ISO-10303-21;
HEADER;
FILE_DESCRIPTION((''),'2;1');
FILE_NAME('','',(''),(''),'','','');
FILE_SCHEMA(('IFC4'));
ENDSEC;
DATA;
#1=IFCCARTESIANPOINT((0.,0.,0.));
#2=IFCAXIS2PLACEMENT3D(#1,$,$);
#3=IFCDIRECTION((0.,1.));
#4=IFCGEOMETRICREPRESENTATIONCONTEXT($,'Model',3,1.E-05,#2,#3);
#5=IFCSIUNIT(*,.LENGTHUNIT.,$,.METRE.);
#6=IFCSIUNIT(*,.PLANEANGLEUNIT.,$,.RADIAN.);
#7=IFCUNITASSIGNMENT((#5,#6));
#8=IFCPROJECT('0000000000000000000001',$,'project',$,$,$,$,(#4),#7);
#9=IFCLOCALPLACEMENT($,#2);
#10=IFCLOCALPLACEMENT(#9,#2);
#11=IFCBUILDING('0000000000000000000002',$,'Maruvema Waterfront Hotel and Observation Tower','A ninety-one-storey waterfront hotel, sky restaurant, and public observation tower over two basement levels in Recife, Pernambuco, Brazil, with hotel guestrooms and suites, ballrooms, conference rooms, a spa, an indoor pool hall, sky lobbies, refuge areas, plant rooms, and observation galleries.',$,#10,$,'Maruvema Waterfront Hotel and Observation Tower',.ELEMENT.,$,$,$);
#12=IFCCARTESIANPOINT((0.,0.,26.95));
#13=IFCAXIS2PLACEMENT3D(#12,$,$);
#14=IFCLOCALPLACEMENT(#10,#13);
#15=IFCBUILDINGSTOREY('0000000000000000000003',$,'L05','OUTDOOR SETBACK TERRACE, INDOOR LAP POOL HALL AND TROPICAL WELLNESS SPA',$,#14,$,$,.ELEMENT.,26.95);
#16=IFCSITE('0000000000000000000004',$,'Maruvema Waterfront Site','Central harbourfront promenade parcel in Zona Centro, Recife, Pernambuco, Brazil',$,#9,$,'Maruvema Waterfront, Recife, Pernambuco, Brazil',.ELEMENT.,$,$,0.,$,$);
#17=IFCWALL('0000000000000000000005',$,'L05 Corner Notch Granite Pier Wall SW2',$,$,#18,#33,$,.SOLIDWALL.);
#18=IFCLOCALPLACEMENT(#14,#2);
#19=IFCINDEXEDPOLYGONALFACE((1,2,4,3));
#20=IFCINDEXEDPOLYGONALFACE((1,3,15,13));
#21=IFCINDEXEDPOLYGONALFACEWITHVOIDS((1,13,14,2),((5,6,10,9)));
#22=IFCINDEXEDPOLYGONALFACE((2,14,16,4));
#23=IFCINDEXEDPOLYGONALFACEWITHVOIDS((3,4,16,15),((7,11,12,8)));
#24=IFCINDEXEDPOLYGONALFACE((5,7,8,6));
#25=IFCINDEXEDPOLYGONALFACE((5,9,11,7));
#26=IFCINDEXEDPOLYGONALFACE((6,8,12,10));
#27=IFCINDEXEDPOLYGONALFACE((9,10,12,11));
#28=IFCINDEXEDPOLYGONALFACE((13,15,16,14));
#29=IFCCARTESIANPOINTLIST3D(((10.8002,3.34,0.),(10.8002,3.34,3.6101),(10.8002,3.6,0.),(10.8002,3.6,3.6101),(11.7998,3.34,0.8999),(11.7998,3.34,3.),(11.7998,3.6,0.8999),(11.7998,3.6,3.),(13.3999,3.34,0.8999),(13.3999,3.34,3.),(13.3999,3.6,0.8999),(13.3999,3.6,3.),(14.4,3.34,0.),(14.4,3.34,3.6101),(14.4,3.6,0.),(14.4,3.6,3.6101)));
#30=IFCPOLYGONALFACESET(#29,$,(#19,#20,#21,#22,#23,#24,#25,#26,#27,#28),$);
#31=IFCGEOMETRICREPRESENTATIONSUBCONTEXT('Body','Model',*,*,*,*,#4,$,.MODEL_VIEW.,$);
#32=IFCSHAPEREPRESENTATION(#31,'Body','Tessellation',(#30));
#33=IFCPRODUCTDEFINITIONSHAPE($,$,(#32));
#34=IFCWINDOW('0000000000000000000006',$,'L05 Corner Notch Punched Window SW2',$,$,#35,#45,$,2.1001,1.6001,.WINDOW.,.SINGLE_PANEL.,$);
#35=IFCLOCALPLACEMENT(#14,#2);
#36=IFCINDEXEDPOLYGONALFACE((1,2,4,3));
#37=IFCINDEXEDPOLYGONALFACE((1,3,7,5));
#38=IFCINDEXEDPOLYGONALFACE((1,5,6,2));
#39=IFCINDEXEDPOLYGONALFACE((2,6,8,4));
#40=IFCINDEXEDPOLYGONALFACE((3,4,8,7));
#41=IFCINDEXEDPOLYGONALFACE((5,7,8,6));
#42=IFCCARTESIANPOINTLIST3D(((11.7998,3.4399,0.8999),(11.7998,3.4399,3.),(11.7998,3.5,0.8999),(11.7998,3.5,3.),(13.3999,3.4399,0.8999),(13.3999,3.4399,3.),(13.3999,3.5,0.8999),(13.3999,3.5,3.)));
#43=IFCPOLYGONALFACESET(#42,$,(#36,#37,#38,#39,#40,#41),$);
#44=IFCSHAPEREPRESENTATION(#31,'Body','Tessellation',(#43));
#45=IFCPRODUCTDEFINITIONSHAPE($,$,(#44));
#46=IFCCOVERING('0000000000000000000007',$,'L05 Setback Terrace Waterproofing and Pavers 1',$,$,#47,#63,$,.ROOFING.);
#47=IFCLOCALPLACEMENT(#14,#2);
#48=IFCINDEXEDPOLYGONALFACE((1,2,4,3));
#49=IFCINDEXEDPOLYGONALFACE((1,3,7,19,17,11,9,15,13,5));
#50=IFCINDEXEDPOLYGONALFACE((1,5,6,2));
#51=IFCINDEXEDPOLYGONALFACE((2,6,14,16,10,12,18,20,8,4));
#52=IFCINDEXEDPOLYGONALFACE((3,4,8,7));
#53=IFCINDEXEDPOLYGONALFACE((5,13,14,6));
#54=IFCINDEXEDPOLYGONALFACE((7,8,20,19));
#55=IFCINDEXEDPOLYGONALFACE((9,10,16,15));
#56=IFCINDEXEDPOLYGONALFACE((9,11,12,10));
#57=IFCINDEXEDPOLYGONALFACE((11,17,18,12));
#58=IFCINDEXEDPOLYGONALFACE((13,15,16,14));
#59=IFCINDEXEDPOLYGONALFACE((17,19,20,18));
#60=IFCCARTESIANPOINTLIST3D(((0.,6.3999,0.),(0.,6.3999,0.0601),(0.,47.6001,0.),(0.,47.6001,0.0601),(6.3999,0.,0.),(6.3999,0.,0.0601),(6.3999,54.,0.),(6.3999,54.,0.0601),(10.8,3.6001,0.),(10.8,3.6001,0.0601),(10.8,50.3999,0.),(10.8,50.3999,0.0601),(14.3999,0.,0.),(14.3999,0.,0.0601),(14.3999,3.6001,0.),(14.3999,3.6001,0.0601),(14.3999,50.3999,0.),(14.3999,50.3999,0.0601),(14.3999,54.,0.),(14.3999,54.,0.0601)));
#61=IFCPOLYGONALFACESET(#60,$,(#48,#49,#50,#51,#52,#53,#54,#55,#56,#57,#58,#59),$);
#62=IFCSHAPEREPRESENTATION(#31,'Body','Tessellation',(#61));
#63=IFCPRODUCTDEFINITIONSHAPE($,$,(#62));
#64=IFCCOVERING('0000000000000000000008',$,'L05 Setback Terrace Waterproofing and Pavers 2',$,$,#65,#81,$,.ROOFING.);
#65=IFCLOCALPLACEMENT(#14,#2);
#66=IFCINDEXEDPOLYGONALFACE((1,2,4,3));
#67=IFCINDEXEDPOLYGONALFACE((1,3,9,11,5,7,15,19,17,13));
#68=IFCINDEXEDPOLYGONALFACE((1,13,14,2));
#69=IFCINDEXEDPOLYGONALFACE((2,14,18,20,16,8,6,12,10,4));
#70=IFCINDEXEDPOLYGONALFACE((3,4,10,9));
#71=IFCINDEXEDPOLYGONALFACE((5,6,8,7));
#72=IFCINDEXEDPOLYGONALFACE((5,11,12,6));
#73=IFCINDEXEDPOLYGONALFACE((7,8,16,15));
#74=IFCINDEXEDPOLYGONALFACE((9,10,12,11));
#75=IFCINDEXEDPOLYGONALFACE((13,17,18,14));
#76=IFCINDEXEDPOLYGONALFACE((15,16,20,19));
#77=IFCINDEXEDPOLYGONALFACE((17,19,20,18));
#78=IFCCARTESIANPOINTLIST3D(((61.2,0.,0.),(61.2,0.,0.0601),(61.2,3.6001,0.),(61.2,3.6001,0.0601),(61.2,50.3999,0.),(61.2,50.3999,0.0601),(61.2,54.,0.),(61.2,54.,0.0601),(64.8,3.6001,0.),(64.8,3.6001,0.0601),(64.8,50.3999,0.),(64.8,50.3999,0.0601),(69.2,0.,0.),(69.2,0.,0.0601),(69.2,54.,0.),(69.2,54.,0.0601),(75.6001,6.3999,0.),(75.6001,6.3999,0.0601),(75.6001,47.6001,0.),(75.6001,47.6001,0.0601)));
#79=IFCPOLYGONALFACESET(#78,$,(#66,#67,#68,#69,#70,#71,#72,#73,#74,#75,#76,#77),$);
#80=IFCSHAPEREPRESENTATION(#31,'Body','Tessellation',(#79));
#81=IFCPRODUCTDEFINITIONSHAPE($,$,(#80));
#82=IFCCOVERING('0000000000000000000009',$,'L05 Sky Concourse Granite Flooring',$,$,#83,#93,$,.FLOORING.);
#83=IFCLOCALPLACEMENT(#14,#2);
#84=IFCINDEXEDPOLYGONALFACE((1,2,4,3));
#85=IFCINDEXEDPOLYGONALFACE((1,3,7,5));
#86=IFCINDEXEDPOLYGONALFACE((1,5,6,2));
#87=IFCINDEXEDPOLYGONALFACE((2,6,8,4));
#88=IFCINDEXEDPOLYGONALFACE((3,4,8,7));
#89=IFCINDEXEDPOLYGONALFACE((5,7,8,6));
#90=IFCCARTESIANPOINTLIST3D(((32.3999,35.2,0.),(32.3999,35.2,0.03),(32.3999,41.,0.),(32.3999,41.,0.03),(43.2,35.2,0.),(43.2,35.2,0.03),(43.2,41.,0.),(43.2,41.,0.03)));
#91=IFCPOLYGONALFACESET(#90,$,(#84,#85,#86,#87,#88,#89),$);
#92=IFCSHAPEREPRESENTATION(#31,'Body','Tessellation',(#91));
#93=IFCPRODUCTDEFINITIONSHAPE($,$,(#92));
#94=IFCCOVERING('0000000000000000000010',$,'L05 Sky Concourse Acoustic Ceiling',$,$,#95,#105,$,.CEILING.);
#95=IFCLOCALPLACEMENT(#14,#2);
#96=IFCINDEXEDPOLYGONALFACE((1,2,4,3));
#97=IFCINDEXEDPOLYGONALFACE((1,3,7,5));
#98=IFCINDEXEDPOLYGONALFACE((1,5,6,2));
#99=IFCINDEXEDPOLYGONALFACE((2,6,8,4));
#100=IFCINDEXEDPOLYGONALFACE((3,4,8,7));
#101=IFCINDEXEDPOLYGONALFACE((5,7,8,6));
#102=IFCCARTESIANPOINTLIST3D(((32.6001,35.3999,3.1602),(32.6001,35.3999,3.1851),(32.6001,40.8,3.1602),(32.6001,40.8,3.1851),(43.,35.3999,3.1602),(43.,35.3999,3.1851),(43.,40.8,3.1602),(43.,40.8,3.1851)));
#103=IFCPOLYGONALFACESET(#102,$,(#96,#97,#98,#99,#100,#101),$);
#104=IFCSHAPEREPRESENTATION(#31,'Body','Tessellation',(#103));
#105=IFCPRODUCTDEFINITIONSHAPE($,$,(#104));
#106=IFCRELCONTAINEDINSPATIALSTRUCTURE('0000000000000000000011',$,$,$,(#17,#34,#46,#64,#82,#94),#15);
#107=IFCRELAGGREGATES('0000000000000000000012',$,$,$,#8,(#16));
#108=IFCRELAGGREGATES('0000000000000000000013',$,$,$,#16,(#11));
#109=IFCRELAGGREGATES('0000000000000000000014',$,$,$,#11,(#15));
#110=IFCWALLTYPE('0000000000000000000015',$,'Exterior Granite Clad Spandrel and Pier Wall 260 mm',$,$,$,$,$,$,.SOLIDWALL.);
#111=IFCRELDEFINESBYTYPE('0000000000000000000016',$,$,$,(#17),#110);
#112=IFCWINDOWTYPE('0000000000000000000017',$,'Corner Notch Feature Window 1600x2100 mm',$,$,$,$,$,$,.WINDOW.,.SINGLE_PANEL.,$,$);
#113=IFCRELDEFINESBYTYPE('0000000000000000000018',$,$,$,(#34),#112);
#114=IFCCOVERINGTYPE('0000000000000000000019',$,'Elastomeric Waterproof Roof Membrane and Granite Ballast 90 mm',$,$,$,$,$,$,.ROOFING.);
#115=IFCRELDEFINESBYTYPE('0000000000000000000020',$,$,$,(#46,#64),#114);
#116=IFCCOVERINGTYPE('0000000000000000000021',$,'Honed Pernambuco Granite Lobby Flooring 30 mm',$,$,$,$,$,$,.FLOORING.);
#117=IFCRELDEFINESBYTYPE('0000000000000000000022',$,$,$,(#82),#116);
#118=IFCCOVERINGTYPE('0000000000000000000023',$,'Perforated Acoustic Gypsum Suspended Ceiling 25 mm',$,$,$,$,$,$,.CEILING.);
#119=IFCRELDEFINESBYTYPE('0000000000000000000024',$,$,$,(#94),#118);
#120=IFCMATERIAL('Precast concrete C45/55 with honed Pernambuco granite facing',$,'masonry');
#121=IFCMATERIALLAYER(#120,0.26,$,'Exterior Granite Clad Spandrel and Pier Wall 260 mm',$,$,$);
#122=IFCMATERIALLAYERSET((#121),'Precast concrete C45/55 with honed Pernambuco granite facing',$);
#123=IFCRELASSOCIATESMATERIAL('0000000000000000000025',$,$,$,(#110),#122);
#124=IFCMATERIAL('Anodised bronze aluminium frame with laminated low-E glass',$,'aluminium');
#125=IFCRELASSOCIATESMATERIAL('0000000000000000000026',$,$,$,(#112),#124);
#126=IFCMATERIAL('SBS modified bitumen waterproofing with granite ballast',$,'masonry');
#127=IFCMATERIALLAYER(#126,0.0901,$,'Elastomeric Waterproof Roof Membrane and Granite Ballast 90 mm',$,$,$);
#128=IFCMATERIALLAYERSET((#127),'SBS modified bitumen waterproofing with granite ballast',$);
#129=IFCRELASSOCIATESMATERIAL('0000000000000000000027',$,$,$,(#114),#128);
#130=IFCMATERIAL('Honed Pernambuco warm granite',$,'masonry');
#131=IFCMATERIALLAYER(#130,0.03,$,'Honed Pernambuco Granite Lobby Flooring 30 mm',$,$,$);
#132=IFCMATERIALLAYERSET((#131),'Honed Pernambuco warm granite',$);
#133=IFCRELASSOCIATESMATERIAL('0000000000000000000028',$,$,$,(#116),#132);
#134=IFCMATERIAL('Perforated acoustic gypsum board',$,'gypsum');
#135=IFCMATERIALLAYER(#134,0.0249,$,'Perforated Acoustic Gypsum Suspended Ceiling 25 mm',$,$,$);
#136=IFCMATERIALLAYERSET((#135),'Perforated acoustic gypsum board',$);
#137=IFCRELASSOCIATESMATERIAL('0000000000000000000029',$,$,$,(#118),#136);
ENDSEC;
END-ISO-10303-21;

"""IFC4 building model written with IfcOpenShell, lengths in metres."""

from ifc_helpers import new_model, si_unit, direction, frame, frame_2d, origin, place, context, subcontext, project, spatial, polyline, rectangle, outline, extrude, material, layer, layer_set, type_object, element, fill, save


model = new_model("IFC4")

# Units and contexts
model_context = context("Model", 3, precision=1e-05, world=origin(), true_north=direction((0.0, 1.0)))
body_context = subcontext(model_context, "Body", "Model", "MODEL_VIEW")
ifc_project = project(units=[si_unit("LENGTHUNIT", "METRE"), si_unit("PLANEANGLEUNIT", "RADIAN")], contexts=[model_context])

# Site, building, storey
site_placement = place(None, origin())
site = spatial("IfcSite", under=ifc_project, at=site_placement, Name="Maruvema Waterfront Site", Description="Central harbourfront promenade parcel in Zona Centro, Recife, Pernambuco, Brazil", LongName="Maruvema Waterfront, Recife, Pernambuco, Brazil", CompositionType="ELEMENT", RefElevation=0.0)
building_placement = place(site_placement, origin())
building = spatial("IfcBuilding", under=site, at=building_placement, Name="Maruvema Waterfront Hotel and Observation Tower", Description="A ninety-one-storey waterfront hotel, sky restaurant, and public observation tower over two basement levels in Recife, Pernambuco, Brazil, with hotel guestrooms and suites, ballrooms, conference rooms, a spa, an indoor pool hall, sky lobbies, refuge areas, plant rooms, and observation galleries.", LongName="Maruvema Waterfront Hotel and Observation Tower", CompositionType="ELEMENT")
storey_placement = place(building_placement, frame((0.0, 0.0, 26.95)))
storey = spatial("IfcBuildingStorey", under=building, at=storey_placement, Name="L05", Description="OUTDOOR SETBACK TERRACE, INDOOR LAP POOL HALL AND TROPICAL WELLNESS SPA", CompositionType="ELEMENT", Elevation=26.95)

# Shared definitions
ifc_material_1 = material(Name="Precast concrete C45/55 with honed Pernambuco granite facing", Category="masonry")
ifc_layer_1 = layer(ifc_material_1, 0.26, Name="Exterior Granite Clad Spandrel and Pier Wall 260 mm")
ifc_layer_set_1 = layer_set([ifc_layer_1], Name="Precast concrete C45/55 with honed Pernambuco granite facing")
wall_type = type_object("IfcWallType", Name="Exterior Granite Clad Spandrel and Pier Wall 260 mm", PredefinedType="SOLIDWALL", material=ifc_layer_set_1)

# Wall, opening, window
wall_1_placement = place(storey_placement, frame((14.3999, 3.47, 0.0), z_axis=(0.0, 0.0, 1.0), x_axis=(-1.0, 0.0, 0.0)))
wall_1 = element("IfcWall", 1, at=wall_1_placement, inside=storey, type_object=wall_type, Name="L05 Corner Notch Granite Pier Wall SW2", PredefinedType="SOLIDWALL", context=body_context, shape_type="SweptSolid", body=[
    extrude(rectangle(XDim=3.5999, YDim=0.26, at=frame_2d((1.7998, 0.0))), origin(), (0.0, 0.0, 1.0), 3.6101),
])
opening_placement = place(wall_1_placement, frame((1.0, 0.0, 0.8999)))
opening = element("IfcOpeningElement", 2, at=opening_placement, cuts=wall_1, PredefinedType="OPENING", context=body_context, shape_type="SweptSolid", body=[
    extrude(rectangle(XDim=1.6001, YDim=2.1001, at=frame_2d((0.8, 1.05))), frame((0.0, 0.1401, 0.0), z_axis=(0.0, -1.0, 0.0), x_axis=(1.0, 0.0, 0.0)), (0.0, 0.0, 1.0), 0.28),
])
ifc_material_2 = material(Name="Anodised bronze aluminium frame with laminated low-E glass", Category="aluminium")
window_type = type_object("IfcWindowType", Name="Corner Notch Feature Window 1600x2100 mm", PartitioningType="SINGLE_PANEL", PredefinedType="WINDOW", material=ifc_material_2)
window_placement = place(opening_placement, origin())
window = element("IfcWindow", 3, at=window_placement, inside=storey, type_object=window_type, Name="L05 Corner Notch Punched Window SW2", OverallHeight=2.1001, OverallWidth=1.6001, PartitioningType="SINGLE_PANEL", PredefinedType="WINDOW", context=body_context, shape_type="SweptSolid", body=[
    extrude(rectangle(XDim=1.6001, YDim=2.1001, at=frame_2d((0.8, 1.05))), frame((0.0, 0.03, 0.0), z_axis=(0.0, -1.0, 0.0), x_axis=(1.0, 0.0, 0.0)), (0.0, 0.0, 1.0), 0.0601),
])
fill(opening, window)

# Coverings
ifc_material_3 = material(Name="SBS modified bitumen waterproofing with granite ballast", Category="masonry")
ifc_layer_2 = layer(ifc_material_3, 0.0901, Name="Elastomeric Waterproof Roof Membrane and Granite Ballast 90 mm")
ifc_layer_set_2 = layer_set([ifc_layer_2], Name="SBS modified bitumen waterproofing with granite ballast")
covering_type_1 = type_object("IfcCoveringType", Name="Elastomeric Waterproof Roof Membrane and Granite Ballast 90 mm", PredefinedType="ROOFING", material=ifc_layer_set_2)
covering_1_placement = place(storey_placement, origin())
element("IfcCovering", 4, at=covering_1_placement, inside=storey, type_object=covering_type_1, Name="L05 Setback Terrace Waterproofing and Pavers 1", PredefinedType="ROOFING", context=body_context, shape_type="SweptSolid", body=[
    extrude(outline(polyline([(6.3999, 0.0), (0.0, 6.3999), (0.0, 47.6001), (6.3999, 54.0), (14.3999, 54.0), (14.3999, 50.3999), (10.8, 50.3999), (10.8, 3.6001), (14.3999, 3.6001), (14.3999, 0.0), (6.3999, 0.0)])), origin(), (0.0, 0.0, 1.0), 0.0601),
])
covering_2_placement = place(storey_placement, origin())
element("IfcCovering", 5, at=covering_2_placement, inside=storey, type_object=covering_type_1, Name="L05 Setback Terrace Waterproofing and Pavers 2", PredefinedType="ROOFING", context=body_context, shape_type="SweptSolid", body=[
    extrude(outline(polyline([(69.2, 54.0), (75.6001, 47.6001), (75.6001, 6.3999), (69.2, 0.0), (61.2, 0.0), (61.2, 3.6001), (64.8, 3.6001), (64.8, 50.3999), (61.2, 50.3999), (61.2, 54.0), (69.2, 54.0)])), origin(), (0.0, 0.0, 1.0), 0.0601),
])
ifc_material_4 = material(Name="Honed Pernambuco warm granite", Category="masonry")
ifc_layer_3 = layer(ifc_material_4, 0.03, Name="Honed Pernambuco Granite Lobby Flooring 30 mm")
ifc_layer_set_3 = layer_set([ifc_layer_3], Name="Honed Pernambuco warm granite")
covering_type_2 = type_object("IfcCoveringType", Name="Honed Pernambuco Granite Lobby Flooring 30 mm", PredefinedType="FLOORING", material=ifc_layer_set_3)
covering_3_placement = place(storey_placement, origin())
element("IfcCovering", 6, at=covering_3_placement, inside=storey, type_object=covering_type_2, Name="L05 Sky Concourse Granite Flooring", PredefinedType="FLOORING", context=body_context, shape_type="SweptSolid", body=[
    extrude(outline(polyline([(32.3999, 35.2), (43.2, 35.2), (43.2, 41.0), (32.3999, 41.0), (32.3999, 35.2)])), origin(), (0.0, 0.0, 1.0), 0.03),
])
ifc_material_5 = material(Name="Perforated acoustic gypsum board", Category="gypsum")
ifc_layer_4 = layer(ifc_material_5, 0.0249, Name="Perforated Acoustic Gypsum Suspended Ceiling 25 mm")
ifc_layer_set_4 = layer_set([ifc_layer_4], Name="Perforated acoustic gypsum board")
covering_type_3 = type_object("IfcCoveringType", Name="Perforated Acoustic Gypsum Suspended Ceiling 25 mm", PredefinedType="CEILING", material=ifc_layer_set_4)
covering_4_placement = place(storey_placement, frame((0.0, 0.0, 3.1602)))
element("IfcCovering", 7, at=covering_4_placement, inside=storey, type_object=covering_type_3, Name="L05 Sky Concourse Acoustic Ceiling", PredefinedType="CEILING", context=body_context, shape_type="SweptSolid", body=[
    extrude(outline(polyline([(32.6001, 35.3999), (43.0, 35.3999), (43.0, 40.8), (32.6001, 40.8), (32.6001, 35.3999)])), origin(), (0.0, 0.0, 1.0), 0.0249),
])

save(model, "model.ifc")
